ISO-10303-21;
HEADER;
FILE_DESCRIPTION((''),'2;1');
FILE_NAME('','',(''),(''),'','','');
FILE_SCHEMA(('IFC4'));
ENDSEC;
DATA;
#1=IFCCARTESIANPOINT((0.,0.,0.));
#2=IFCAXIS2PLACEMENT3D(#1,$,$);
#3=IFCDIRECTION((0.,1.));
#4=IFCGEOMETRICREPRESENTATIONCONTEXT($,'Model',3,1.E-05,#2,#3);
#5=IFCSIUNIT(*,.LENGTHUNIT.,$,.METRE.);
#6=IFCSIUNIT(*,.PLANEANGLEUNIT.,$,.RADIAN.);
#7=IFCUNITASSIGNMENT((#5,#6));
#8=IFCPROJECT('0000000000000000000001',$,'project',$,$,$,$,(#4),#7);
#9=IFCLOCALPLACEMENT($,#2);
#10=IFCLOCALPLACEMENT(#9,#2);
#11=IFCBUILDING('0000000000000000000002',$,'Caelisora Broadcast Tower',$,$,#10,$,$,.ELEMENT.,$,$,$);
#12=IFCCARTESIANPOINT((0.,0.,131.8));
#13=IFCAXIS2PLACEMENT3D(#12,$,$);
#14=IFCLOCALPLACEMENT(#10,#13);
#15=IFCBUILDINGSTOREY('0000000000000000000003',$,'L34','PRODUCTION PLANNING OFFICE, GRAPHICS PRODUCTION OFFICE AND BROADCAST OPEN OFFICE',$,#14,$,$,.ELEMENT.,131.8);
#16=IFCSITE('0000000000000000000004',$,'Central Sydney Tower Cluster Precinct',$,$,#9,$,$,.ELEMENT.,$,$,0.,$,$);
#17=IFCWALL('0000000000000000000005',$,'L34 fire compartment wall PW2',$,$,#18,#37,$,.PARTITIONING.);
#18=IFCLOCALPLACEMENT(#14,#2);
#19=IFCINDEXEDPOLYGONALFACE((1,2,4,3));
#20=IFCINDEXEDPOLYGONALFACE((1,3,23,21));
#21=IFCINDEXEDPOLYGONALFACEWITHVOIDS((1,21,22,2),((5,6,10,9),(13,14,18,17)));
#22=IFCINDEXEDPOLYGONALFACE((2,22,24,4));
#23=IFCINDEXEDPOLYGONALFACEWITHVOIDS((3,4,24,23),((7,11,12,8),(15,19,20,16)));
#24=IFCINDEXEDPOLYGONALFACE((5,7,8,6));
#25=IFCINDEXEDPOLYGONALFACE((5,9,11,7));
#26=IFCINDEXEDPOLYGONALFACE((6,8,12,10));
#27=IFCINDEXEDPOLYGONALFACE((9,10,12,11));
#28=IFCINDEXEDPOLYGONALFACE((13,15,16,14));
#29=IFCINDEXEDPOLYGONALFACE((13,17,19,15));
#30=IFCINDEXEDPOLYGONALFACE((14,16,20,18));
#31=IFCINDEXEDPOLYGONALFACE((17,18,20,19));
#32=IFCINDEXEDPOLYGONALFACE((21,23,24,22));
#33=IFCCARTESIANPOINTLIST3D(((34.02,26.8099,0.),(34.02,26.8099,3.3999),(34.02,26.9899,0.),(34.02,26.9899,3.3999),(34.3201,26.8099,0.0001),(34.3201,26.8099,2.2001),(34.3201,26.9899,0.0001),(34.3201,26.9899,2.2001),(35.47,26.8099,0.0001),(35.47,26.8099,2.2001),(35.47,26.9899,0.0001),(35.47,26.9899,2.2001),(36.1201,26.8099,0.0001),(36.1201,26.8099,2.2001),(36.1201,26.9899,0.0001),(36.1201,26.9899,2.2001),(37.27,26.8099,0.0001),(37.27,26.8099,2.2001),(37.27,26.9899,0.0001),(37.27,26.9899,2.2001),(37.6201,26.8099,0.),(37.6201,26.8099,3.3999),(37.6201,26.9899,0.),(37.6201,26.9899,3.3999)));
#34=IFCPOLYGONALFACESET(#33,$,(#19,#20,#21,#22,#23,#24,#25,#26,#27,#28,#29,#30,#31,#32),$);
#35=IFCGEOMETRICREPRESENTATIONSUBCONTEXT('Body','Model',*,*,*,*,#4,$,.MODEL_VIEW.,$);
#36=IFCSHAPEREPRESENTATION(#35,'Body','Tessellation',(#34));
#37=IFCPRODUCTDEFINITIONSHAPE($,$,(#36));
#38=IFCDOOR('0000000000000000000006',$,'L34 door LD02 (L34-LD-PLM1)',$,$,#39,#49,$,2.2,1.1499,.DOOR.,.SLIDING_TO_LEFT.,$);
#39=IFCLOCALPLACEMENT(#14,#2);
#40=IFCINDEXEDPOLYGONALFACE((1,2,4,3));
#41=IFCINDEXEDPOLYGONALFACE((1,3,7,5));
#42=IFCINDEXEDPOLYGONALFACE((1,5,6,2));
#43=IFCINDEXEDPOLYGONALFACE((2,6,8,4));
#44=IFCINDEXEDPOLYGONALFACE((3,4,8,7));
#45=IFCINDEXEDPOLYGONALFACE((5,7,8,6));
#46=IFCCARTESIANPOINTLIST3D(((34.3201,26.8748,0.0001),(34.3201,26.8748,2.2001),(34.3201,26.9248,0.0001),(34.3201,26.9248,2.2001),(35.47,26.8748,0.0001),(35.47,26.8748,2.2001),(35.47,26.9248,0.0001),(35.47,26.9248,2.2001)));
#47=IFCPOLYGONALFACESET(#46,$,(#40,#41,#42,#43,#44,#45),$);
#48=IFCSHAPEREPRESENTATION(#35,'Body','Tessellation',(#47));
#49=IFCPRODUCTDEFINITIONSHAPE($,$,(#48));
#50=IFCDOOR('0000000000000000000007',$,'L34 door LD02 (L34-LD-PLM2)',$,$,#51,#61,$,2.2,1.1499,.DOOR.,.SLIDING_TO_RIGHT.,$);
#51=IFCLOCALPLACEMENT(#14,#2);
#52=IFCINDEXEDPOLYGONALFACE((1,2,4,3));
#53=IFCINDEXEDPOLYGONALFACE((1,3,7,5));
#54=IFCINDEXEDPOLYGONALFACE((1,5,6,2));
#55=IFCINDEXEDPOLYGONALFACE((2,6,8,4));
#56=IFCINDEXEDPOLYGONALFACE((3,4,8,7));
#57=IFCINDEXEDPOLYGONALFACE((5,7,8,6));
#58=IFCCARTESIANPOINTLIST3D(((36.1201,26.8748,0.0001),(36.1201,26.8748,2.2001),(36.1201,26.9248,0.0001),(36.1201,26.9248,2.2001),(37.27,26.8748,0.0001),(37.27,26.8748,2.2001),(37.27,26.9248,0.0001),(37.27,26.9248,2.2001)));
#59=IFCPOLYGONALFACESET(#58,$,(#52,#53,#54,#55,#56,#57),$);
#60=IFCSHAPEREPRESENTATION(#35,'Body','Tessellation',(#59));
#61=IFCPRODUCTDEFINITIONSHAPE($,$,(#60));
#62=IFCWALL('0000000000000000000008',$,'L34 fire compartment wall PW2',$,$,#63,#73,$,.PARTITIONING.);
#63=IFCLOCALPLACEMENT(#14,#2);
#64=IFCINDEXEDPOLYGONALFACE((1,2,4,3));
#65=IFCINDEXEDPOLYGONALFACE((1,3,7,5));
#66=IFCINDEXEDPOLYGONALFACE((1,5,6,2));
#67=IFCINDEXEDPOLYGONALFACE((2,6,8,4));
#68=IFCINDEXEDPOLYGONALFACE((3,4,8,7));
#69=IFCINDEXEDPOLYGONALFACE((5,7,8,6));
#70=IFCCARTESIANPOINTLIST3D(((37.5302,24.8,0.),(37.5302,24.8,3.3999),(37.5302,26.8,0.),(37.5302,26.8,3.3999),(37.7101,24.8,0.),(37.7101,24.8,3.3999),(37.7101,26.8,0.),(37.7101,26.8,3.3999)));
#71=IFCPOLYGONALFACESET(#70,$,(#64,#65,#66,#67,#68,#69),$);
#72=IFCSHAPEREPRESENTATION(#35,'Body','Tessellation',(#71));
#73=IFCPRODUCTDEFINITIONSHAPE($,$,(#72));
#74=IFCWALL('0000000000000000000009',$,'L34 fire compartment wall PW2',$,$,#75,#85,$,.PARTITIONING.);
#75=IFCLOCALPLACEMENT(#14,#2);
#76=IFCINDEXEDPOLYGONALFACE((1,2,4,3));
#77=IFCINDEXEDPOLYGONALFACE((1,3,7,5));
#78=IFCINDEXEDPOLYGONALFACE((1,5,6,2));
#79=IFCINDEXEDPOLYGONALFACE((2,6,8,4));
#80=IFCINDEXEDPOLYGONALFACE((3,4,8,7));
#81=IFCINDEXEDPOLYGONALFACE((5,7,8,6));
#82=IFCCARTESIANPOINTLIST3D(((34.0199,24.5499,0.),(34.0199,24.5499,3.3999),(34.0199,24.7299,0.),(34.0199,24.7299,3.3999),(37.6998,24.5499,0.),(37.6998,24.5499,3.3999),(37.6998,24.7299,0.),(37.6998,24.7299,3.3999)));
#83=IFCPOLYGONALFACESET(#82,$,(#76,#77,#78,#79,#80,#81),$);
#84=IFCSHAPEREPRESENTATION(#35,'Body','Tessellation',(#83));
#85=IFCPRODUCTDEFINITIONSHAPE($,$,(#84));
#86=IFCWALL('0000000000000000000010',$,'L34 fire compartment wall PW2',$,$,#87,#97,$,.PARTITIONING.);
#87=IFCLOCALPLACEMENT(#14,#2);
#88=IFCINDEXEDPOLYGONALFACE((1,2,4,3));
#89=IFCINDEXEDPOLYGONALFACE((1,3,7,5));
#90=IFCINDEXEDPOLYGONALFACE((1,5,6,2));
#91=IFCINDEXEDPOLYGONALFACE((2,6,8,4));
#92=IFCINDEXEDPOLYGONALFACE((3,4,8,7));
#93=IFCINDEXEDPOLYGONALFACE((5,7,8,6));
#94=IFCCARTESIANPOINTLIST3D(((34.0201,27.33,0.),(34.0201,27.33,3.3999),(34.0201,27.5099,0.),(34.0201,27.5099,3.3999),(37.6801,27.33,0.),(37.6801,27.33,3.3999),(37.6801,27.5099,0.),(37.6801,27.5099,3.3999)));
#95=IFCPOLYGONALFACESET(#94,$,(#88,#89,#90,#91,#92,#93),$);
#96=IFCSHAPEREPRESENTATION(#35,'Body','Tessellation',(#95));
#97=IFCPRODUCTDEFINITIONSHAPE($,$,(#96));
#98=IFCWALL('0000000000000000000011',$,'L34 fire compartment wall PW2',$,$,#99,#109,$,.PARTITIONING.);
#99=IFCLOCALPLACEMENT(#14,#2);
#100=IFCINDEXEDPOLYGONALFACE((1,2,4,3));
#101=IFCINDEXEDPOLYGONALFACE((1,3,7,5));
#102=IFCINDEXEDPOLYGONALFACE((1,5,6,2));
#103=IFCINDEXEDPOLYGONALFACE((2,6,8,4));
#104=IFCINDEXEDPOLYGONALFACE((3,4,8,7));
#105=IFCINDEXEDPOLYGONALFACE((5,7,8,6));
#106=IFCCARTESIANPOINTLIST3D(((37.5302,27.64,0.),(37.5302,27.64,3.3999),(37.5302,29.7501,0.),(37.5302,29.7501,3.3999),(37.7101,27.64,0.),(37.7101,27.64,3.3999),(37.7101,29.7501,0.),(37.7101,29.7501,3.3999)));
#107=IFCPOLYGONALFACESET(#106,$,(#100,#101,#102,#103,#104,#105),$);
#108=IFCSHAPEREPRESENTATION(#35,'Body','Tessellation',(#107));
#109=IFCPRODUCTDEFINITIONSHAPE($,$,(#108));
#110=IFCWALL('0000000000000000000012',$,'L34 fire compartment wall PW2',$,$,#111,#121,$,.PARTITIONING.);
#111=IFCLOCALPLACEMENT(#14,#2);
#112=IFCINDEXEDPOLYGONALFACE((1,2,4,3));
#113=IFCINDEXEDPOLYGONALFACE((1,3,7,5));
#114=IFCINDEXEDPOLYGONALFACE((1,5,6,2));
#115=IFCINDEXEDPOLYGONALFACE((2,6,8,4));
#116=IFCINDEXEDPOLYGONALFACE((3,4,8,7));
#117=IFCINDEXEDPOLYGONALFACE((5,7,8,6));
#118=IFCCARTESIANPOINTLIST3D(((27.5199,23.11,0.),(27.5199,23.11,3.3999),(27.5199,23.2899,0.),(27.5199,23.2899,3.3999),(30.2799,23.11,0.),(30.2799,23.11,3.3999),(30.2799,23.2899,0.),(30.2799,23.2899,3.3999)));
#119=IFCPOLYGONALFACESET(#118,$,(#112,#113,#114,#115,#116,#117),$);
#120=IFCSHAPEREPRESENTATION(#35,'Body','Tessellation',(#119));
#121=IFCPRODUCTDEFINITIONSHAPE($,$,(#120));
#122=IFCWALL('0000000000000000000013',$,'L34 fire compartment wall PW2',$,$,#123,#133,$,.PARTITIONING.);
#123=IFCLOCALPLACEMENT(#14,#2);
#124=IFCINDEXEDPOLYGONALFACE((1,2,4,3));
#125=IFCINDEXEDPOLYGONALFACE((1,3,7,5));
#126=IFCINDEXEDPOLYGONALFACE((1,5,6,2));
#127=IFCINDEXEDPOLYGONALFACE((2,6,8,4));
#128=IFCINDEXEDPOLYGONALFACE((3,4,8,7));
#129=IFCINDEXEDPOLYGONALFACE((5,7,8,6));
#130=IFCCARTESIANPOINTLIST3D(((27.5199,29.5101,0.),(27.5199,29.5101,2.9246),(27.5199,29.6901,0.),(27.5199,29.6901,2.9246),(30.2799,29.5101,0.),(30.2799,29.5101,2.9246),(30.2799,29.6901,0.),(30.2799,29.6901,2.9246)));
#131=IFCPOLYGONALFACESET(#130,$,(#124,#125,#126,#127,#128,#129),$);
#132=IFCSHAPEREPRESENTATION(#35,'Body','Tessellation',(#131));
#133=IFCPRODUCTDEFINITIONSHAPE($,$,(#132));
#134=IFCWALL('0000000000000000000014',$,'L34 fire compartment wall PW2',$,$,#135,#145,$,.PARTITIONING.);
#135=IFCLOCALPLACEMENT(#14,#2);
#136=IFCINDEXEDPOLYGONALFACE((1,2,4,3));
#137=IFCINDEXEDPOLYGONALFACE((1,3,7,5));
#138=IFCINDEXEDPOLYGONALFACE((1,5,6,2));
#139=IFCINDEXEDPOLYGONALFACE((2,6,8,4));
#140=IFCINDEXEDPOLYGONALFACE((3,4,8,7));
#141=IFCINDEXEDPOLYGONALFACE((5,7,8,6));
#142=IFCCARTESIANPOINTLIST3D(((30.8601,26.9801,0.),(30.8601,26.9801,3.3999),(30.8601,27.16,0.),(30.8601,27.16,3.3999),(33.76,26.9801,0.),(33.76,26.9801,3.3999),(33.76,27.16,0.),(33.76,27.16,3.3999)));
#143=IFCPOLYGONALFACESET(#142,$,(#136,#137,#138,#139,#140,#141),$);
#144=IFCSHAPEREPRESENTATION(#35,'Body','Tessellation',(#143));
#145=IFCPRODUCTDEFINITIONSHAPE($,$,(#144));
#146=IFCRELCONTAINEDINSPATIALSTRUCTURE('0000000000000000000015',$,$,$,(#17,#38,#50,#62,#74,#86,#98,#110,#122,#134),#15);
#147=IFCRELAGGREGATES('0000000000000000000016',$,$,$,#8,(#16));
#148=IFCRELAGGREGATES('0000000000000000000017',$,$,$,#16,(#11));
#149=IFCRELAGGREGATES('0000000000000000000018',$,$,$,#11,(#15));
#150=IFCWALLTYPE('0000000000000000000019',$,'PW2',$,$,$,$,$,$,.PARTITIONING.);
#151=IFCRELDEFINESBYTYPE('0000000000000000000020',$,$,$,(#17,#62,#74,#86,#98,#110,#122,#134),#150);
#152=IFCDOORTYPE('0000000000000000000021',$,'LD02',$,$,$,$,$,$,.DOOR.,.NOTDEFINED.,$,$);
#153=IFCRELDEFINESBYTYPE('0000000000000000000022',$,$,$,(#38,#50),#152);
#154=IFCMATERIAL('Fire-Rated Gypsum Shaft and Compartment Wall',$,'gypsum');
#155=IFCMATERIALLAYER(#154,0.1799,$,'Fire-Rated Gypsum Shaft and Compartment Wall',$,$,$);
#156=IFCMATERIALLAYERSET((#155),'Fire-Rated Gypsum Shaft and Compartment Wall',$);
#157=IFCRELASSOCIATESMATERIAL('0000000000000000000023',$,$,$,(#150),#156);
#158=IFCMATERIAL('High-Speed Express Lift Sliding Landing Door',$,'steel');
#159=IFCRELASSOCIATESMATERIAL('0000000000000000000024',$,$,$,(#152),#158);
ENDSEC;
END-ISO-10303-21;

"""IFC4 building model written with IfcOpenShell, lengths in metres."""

from ifc_helpers import new_model, si_unit, direction, frame, frame_2d, origin, place, context, subcontext, project, spatial, rectangle, extrude, material, layer, layer_set, type_object, element, fill, save


model = new_model("IFC4")

# Units and contexts
model_context = context("Model", 3, precision=1e-05, world=origin(), true_north=direction((0.0, 1.0)))
body_context = subcontext(model_context, "Body", "Model", "MODEL_VIEW")
ifc_project = project(units=[si_unit("LENGTHUNIT", "METRE"), si_unit("PLANEANGLEUNIT", "RADIAN")], contexts=[model_context])

# Site, building, storey
site_placement = place(None, origin())
site = spatial("IfcSite", under=ifc_project, at=site_placement, Name="Central Sydney Tower Cluster Precinct", CompositionType="ELEMENT", RefElevation=0.0)
building_placement = place(site_placement, origin())
building = spatial("IfcBuilding", under=site, at=building_placement, Name="Caelisora Broadcast Tower", CompositionType="ELEMENT")
storey_placement = place(building_placement, frame((0.0, 0.0, 131.8)))
storey = spatial("IfcBuildingStorey", under=building, at=storey_placement, Name="L34", Description="PRODUCTION PLANNING OFFICE, GRAPHICS PRODUCTION OFFICE AND BROADCAST OPEN OFFICE", CompositionType="ELEMENT", Elevation=131.8)

# Wall, openings, doors
ifc_material_1 = material(Name="Fire-Rated Gypsum Shaft and Compartment Wall", Category="gypsum")
ifc_layer_1 = layer(ifc_material_1, 0.1799, Name="Fire-Rated Gypsum Shaft and Compartment Wall")
ifc_layer_set_1 = layer_set([ifc_layer_1], Name="Fire-Rated Gypsum Shaft and Compartment Wall")
wall_type_1 = type_object("IfcWallType", Name="PW2", PredefinedType="PARTITIONING", material=ifc_layer_set_1)
wall_1_placement = place(storey_placement, frame((34.02, 26.8999, 0.0), z_axis=(0.0, 0.0, 1.0), x_axis=(1.0, 0.0, 0.0)))
wall_1 = element("IfcWall", 1, at=wall_1_placement, inside=storey, type_object=wall_type_1, Name="L34 fire compartment wall PW2", PredefinedType="PARTITIONING", context=body_context, shape_type="SweptSolid", body=[
    extrude(rectangle(XDim=3.6001, YDim=0.1799, at=frame_2d((1.8, 0.0))), origin(), (0.0, 0.0, 1.0), 3.3999),
])
opening_1_placement = place(wall_1_placement, frame((0.3, 0.0, 0.0)))
opening_1 = element("IfcOpeningElement", 2, at=opening_1_placement, cuts=wall_1, PredefinedType="OPENING", context=body_context, shape_type="SweptSolid", body=[
    extrude(rectangle(XDim=1.1499, YDim=2.2, at=frame_2d((0.575, 1.1001))), frame((0.0, 0.1021, 0.0), z_axis=(0.0, -1.0, 0.0), x_axis=(1.0, 0.0, 0.0)), (0.0, 0.0, 1.0), 0.2039),
])
opening_2_placement = place(wall_1_placement, frame((2.1001, 0.0, 0.0)))
opening_2 = element("IfcOpeningElement", 3, at=opening_2_placement, cuts=wall_1, PredefinedType="OPENING", context=body_context, shape_type="SweptSolid", body=[
    extrude(rectangle(XDim=1.1499, YDim=2.2, at=frame_2d((0.575, 1.1001))), frame((0.0, 0.1021, 0.0), z_axis=(0.0, -1.0, 0.0), x_axis=(1.0, 0.0, 0.0)), (0.0, 0.0, 1.0), 0.2039),
])
ifc_material_2 = material(Name="High-Speed Express Lift Sliding Landing Door", Category="steel")
door_type = type_object("IfcDoorType", Name="LD02", OperationType="NOTDEFINED", PredefinedType="DOOR", material=ifc_material_2)
door_1_placement = place(opening_1_placement, origin())
door_1 = element("IfcDoor", 4, at=door_1_placement, inside=storey, type_object=door_type, Name="L34 door LD02 (L34-LD-PLM1)", OperationType="SLIDING_TO_LEFT", OverallHeight=2.2, OverallWidth=1.1499, PredefinedType="DOOR", context=body_context, shape_type="SweptSolid", body=[
    extrude(rectangle(XDim=1.1499, YDim=2.2, at=frame_2d((0.575, 1.1001))), frame((0.0, 0.0249, 0.0), z_axis=(0.0, -1.0, 0.0), x_axis=(1.0, 0.0, 0.0)), (0.0, 0.0, 1.0), 0.05),
])
fill(opening_1, door_1)
door_2_placement = place(opening_2_placement, origin())
door_2 = element("IfcDoor", 5, at=door_2_placement, inside=storey, type_object=door_type, Name="L34 door LD02 (L34-LD-PLM2)", OperationType="SLIDING_TO_RIGHT", OverallHeight=2.2, OverallWidth=1.1499, PredefinedType="DOOR", context=body_context, shape_type="SweptSolid", body=[
    extrude(rectangle(XDim=1.1499, YDim=2.2, at=frame_2d((0.575, 1.1001))), frame((0.0, 0.0249, 0.0), z_axis=(0.0, -1.0, 0.0), x_axis=(1.0, 0.0, 0.0)), (0.0, 0.0, 1.0), 0.05),
])
fill(opening_2, door_2)

# Walls
wall_2_placement = place(storey_placement, frame((37.6201, 24.8, 0.0), z_axis=(0.0, 0.0, 1.0), x_axis=(0.0, 1.0, 0.0)))
element("IfcWall", 6, at=wall_2_placement, inside=storey, type_object=wall_type_1, Name="L34 fire compartment wall PW2", PredefinedType="PARTITIONING", context=body_context, shape_type="SweptSolid", body=[
    extrude(rectangle(XDim=2.0, YDim=0.1799, at=frame_2d((1.0, 0.0))), origin(), (0.0, 0.0, 1.0), 3.3999),
])
wall_3_placement = place(storey_placement, frame((34.02, 24.6399, 0.0), z_axis=(0.0, 0.0, 1.0), x_axis=(1.0, 0.0, 0.0)))
element("IfcWall", 7, at=wall_3_placement, inside=storey, type_object=wall_type_1, Name="L34 fire compartment wall PW2", PredefinedType="PARTITIONING", context=body_context, shape_type="SweptSolid", body=[
    extrude(rectangle(XDim=3.6799, YDim=0.1799, at=frame_2d((1.8398, 0.0))), origin(), (0.0, 0.0, 1.0), 3.3999),
])
wall_4_placement = place(storey_placement, frame((34.02, 27.4199, 0.0), z_axis=(0.0, 0.0, 1.0), x_axis=(1.0, 0.0, 0.0)))
element("IfcWall", 8, at=wall_4_placement, inside=storey, type_object=wall_type_1, Name="L34 fire compartment wall PW2", PredefinedType="PARTITIONING", context=body_context, shape_type="SweptSolid", body=[
    extrude(rectangle(XDim=3.6599, YDim=0.1799, at=frame_2d((1.8301, 0.0))), origin(), (0.0, 0.0, 1.0), 3.3999),
])
wall_5_placement = place(storey_placement, frame((37.6201, 27.6399, 0.0), z_axis=(0.0, 0.0, 1.0), x_axis=(0.0, 1.0, 0.0)))
element("IfcWall", 9, at=wall_5_placement, inside=storey, type_object=wall_type_1, Name="L34 fire compartment wall PW2", PredefinedType="PARTITIONING", context=body_context, shape_type="SweptSolid", body=[
    extrude(rectangle(XDim=2.1101, YDim=0.1799, at=frame_2d((1.0552, 0.0))), origin(), (0.0, 0.0, 1.0), 3.3999),
])
wall_6_placement = place(storey_placement, frame((27.52, 23.2, 0.0), z_axis=(0.0, 0.0, 1.0), x_axis=(1.0, 0.0, 0.0)))
element("IfcWall", 10, at=wall_6_placement, inside=storey, type_object=wall_type_1, Name="L34 fire compartment wall PW2", PredefinedType="PARTITIONING", context=body_context, shape_type="SweptSolid", body=[
    extrude(rectangle(XDim=2.76, YDim=0.1799, at=frame_2d((1.3799, 0.0))), origin(), (0.0, 0.0, 1.0), 3.3999),
])
wall_7_placement = place(storey_placement, frame((27.52, 29.6001, 0.0), z_axis=(0.0, 0.0, 1.0), x_axis=(1.0, 0.0, 0.0)))
element("IfcWall", 11, at=wall_7_placement, inside=storey, type_object=wall_type_1, Name="L34 fire compartment wall PW2", PredefinedType="PARTITIONING", context=body_context, shape_type="SweptSolid", body=[
    extrude(rectangle(XDim=2.76, YDim=0.1799, at=frame_2d((1.3799, 0.0))), origin(), (0.0, 0.0, 1.0), 2.9246),
])
wall_8_placement = place(storey_placement, frame((30.8601, 27.0701, 0.0), z_axis=(0.0, 0.0, 1.0), x_axis=(1.0, 0.0, 0.0)))
element("IfcWall", 12, at=wall_8_placement, inside=storey, type_object=wall_type_1, Name="L34 fire compartment wall PW2", PredefinedType="PARTITIONING", context=body_context, shape_type="SweptSolid", body=[
    extrude(rectangle(XDim=2.8999, YDim=0.1799, at=frame_2d((1.45, 0.0))), origin(), (0.0, 0.0, 1.0), 3.3999),
])

save(model, "model.ifc")
